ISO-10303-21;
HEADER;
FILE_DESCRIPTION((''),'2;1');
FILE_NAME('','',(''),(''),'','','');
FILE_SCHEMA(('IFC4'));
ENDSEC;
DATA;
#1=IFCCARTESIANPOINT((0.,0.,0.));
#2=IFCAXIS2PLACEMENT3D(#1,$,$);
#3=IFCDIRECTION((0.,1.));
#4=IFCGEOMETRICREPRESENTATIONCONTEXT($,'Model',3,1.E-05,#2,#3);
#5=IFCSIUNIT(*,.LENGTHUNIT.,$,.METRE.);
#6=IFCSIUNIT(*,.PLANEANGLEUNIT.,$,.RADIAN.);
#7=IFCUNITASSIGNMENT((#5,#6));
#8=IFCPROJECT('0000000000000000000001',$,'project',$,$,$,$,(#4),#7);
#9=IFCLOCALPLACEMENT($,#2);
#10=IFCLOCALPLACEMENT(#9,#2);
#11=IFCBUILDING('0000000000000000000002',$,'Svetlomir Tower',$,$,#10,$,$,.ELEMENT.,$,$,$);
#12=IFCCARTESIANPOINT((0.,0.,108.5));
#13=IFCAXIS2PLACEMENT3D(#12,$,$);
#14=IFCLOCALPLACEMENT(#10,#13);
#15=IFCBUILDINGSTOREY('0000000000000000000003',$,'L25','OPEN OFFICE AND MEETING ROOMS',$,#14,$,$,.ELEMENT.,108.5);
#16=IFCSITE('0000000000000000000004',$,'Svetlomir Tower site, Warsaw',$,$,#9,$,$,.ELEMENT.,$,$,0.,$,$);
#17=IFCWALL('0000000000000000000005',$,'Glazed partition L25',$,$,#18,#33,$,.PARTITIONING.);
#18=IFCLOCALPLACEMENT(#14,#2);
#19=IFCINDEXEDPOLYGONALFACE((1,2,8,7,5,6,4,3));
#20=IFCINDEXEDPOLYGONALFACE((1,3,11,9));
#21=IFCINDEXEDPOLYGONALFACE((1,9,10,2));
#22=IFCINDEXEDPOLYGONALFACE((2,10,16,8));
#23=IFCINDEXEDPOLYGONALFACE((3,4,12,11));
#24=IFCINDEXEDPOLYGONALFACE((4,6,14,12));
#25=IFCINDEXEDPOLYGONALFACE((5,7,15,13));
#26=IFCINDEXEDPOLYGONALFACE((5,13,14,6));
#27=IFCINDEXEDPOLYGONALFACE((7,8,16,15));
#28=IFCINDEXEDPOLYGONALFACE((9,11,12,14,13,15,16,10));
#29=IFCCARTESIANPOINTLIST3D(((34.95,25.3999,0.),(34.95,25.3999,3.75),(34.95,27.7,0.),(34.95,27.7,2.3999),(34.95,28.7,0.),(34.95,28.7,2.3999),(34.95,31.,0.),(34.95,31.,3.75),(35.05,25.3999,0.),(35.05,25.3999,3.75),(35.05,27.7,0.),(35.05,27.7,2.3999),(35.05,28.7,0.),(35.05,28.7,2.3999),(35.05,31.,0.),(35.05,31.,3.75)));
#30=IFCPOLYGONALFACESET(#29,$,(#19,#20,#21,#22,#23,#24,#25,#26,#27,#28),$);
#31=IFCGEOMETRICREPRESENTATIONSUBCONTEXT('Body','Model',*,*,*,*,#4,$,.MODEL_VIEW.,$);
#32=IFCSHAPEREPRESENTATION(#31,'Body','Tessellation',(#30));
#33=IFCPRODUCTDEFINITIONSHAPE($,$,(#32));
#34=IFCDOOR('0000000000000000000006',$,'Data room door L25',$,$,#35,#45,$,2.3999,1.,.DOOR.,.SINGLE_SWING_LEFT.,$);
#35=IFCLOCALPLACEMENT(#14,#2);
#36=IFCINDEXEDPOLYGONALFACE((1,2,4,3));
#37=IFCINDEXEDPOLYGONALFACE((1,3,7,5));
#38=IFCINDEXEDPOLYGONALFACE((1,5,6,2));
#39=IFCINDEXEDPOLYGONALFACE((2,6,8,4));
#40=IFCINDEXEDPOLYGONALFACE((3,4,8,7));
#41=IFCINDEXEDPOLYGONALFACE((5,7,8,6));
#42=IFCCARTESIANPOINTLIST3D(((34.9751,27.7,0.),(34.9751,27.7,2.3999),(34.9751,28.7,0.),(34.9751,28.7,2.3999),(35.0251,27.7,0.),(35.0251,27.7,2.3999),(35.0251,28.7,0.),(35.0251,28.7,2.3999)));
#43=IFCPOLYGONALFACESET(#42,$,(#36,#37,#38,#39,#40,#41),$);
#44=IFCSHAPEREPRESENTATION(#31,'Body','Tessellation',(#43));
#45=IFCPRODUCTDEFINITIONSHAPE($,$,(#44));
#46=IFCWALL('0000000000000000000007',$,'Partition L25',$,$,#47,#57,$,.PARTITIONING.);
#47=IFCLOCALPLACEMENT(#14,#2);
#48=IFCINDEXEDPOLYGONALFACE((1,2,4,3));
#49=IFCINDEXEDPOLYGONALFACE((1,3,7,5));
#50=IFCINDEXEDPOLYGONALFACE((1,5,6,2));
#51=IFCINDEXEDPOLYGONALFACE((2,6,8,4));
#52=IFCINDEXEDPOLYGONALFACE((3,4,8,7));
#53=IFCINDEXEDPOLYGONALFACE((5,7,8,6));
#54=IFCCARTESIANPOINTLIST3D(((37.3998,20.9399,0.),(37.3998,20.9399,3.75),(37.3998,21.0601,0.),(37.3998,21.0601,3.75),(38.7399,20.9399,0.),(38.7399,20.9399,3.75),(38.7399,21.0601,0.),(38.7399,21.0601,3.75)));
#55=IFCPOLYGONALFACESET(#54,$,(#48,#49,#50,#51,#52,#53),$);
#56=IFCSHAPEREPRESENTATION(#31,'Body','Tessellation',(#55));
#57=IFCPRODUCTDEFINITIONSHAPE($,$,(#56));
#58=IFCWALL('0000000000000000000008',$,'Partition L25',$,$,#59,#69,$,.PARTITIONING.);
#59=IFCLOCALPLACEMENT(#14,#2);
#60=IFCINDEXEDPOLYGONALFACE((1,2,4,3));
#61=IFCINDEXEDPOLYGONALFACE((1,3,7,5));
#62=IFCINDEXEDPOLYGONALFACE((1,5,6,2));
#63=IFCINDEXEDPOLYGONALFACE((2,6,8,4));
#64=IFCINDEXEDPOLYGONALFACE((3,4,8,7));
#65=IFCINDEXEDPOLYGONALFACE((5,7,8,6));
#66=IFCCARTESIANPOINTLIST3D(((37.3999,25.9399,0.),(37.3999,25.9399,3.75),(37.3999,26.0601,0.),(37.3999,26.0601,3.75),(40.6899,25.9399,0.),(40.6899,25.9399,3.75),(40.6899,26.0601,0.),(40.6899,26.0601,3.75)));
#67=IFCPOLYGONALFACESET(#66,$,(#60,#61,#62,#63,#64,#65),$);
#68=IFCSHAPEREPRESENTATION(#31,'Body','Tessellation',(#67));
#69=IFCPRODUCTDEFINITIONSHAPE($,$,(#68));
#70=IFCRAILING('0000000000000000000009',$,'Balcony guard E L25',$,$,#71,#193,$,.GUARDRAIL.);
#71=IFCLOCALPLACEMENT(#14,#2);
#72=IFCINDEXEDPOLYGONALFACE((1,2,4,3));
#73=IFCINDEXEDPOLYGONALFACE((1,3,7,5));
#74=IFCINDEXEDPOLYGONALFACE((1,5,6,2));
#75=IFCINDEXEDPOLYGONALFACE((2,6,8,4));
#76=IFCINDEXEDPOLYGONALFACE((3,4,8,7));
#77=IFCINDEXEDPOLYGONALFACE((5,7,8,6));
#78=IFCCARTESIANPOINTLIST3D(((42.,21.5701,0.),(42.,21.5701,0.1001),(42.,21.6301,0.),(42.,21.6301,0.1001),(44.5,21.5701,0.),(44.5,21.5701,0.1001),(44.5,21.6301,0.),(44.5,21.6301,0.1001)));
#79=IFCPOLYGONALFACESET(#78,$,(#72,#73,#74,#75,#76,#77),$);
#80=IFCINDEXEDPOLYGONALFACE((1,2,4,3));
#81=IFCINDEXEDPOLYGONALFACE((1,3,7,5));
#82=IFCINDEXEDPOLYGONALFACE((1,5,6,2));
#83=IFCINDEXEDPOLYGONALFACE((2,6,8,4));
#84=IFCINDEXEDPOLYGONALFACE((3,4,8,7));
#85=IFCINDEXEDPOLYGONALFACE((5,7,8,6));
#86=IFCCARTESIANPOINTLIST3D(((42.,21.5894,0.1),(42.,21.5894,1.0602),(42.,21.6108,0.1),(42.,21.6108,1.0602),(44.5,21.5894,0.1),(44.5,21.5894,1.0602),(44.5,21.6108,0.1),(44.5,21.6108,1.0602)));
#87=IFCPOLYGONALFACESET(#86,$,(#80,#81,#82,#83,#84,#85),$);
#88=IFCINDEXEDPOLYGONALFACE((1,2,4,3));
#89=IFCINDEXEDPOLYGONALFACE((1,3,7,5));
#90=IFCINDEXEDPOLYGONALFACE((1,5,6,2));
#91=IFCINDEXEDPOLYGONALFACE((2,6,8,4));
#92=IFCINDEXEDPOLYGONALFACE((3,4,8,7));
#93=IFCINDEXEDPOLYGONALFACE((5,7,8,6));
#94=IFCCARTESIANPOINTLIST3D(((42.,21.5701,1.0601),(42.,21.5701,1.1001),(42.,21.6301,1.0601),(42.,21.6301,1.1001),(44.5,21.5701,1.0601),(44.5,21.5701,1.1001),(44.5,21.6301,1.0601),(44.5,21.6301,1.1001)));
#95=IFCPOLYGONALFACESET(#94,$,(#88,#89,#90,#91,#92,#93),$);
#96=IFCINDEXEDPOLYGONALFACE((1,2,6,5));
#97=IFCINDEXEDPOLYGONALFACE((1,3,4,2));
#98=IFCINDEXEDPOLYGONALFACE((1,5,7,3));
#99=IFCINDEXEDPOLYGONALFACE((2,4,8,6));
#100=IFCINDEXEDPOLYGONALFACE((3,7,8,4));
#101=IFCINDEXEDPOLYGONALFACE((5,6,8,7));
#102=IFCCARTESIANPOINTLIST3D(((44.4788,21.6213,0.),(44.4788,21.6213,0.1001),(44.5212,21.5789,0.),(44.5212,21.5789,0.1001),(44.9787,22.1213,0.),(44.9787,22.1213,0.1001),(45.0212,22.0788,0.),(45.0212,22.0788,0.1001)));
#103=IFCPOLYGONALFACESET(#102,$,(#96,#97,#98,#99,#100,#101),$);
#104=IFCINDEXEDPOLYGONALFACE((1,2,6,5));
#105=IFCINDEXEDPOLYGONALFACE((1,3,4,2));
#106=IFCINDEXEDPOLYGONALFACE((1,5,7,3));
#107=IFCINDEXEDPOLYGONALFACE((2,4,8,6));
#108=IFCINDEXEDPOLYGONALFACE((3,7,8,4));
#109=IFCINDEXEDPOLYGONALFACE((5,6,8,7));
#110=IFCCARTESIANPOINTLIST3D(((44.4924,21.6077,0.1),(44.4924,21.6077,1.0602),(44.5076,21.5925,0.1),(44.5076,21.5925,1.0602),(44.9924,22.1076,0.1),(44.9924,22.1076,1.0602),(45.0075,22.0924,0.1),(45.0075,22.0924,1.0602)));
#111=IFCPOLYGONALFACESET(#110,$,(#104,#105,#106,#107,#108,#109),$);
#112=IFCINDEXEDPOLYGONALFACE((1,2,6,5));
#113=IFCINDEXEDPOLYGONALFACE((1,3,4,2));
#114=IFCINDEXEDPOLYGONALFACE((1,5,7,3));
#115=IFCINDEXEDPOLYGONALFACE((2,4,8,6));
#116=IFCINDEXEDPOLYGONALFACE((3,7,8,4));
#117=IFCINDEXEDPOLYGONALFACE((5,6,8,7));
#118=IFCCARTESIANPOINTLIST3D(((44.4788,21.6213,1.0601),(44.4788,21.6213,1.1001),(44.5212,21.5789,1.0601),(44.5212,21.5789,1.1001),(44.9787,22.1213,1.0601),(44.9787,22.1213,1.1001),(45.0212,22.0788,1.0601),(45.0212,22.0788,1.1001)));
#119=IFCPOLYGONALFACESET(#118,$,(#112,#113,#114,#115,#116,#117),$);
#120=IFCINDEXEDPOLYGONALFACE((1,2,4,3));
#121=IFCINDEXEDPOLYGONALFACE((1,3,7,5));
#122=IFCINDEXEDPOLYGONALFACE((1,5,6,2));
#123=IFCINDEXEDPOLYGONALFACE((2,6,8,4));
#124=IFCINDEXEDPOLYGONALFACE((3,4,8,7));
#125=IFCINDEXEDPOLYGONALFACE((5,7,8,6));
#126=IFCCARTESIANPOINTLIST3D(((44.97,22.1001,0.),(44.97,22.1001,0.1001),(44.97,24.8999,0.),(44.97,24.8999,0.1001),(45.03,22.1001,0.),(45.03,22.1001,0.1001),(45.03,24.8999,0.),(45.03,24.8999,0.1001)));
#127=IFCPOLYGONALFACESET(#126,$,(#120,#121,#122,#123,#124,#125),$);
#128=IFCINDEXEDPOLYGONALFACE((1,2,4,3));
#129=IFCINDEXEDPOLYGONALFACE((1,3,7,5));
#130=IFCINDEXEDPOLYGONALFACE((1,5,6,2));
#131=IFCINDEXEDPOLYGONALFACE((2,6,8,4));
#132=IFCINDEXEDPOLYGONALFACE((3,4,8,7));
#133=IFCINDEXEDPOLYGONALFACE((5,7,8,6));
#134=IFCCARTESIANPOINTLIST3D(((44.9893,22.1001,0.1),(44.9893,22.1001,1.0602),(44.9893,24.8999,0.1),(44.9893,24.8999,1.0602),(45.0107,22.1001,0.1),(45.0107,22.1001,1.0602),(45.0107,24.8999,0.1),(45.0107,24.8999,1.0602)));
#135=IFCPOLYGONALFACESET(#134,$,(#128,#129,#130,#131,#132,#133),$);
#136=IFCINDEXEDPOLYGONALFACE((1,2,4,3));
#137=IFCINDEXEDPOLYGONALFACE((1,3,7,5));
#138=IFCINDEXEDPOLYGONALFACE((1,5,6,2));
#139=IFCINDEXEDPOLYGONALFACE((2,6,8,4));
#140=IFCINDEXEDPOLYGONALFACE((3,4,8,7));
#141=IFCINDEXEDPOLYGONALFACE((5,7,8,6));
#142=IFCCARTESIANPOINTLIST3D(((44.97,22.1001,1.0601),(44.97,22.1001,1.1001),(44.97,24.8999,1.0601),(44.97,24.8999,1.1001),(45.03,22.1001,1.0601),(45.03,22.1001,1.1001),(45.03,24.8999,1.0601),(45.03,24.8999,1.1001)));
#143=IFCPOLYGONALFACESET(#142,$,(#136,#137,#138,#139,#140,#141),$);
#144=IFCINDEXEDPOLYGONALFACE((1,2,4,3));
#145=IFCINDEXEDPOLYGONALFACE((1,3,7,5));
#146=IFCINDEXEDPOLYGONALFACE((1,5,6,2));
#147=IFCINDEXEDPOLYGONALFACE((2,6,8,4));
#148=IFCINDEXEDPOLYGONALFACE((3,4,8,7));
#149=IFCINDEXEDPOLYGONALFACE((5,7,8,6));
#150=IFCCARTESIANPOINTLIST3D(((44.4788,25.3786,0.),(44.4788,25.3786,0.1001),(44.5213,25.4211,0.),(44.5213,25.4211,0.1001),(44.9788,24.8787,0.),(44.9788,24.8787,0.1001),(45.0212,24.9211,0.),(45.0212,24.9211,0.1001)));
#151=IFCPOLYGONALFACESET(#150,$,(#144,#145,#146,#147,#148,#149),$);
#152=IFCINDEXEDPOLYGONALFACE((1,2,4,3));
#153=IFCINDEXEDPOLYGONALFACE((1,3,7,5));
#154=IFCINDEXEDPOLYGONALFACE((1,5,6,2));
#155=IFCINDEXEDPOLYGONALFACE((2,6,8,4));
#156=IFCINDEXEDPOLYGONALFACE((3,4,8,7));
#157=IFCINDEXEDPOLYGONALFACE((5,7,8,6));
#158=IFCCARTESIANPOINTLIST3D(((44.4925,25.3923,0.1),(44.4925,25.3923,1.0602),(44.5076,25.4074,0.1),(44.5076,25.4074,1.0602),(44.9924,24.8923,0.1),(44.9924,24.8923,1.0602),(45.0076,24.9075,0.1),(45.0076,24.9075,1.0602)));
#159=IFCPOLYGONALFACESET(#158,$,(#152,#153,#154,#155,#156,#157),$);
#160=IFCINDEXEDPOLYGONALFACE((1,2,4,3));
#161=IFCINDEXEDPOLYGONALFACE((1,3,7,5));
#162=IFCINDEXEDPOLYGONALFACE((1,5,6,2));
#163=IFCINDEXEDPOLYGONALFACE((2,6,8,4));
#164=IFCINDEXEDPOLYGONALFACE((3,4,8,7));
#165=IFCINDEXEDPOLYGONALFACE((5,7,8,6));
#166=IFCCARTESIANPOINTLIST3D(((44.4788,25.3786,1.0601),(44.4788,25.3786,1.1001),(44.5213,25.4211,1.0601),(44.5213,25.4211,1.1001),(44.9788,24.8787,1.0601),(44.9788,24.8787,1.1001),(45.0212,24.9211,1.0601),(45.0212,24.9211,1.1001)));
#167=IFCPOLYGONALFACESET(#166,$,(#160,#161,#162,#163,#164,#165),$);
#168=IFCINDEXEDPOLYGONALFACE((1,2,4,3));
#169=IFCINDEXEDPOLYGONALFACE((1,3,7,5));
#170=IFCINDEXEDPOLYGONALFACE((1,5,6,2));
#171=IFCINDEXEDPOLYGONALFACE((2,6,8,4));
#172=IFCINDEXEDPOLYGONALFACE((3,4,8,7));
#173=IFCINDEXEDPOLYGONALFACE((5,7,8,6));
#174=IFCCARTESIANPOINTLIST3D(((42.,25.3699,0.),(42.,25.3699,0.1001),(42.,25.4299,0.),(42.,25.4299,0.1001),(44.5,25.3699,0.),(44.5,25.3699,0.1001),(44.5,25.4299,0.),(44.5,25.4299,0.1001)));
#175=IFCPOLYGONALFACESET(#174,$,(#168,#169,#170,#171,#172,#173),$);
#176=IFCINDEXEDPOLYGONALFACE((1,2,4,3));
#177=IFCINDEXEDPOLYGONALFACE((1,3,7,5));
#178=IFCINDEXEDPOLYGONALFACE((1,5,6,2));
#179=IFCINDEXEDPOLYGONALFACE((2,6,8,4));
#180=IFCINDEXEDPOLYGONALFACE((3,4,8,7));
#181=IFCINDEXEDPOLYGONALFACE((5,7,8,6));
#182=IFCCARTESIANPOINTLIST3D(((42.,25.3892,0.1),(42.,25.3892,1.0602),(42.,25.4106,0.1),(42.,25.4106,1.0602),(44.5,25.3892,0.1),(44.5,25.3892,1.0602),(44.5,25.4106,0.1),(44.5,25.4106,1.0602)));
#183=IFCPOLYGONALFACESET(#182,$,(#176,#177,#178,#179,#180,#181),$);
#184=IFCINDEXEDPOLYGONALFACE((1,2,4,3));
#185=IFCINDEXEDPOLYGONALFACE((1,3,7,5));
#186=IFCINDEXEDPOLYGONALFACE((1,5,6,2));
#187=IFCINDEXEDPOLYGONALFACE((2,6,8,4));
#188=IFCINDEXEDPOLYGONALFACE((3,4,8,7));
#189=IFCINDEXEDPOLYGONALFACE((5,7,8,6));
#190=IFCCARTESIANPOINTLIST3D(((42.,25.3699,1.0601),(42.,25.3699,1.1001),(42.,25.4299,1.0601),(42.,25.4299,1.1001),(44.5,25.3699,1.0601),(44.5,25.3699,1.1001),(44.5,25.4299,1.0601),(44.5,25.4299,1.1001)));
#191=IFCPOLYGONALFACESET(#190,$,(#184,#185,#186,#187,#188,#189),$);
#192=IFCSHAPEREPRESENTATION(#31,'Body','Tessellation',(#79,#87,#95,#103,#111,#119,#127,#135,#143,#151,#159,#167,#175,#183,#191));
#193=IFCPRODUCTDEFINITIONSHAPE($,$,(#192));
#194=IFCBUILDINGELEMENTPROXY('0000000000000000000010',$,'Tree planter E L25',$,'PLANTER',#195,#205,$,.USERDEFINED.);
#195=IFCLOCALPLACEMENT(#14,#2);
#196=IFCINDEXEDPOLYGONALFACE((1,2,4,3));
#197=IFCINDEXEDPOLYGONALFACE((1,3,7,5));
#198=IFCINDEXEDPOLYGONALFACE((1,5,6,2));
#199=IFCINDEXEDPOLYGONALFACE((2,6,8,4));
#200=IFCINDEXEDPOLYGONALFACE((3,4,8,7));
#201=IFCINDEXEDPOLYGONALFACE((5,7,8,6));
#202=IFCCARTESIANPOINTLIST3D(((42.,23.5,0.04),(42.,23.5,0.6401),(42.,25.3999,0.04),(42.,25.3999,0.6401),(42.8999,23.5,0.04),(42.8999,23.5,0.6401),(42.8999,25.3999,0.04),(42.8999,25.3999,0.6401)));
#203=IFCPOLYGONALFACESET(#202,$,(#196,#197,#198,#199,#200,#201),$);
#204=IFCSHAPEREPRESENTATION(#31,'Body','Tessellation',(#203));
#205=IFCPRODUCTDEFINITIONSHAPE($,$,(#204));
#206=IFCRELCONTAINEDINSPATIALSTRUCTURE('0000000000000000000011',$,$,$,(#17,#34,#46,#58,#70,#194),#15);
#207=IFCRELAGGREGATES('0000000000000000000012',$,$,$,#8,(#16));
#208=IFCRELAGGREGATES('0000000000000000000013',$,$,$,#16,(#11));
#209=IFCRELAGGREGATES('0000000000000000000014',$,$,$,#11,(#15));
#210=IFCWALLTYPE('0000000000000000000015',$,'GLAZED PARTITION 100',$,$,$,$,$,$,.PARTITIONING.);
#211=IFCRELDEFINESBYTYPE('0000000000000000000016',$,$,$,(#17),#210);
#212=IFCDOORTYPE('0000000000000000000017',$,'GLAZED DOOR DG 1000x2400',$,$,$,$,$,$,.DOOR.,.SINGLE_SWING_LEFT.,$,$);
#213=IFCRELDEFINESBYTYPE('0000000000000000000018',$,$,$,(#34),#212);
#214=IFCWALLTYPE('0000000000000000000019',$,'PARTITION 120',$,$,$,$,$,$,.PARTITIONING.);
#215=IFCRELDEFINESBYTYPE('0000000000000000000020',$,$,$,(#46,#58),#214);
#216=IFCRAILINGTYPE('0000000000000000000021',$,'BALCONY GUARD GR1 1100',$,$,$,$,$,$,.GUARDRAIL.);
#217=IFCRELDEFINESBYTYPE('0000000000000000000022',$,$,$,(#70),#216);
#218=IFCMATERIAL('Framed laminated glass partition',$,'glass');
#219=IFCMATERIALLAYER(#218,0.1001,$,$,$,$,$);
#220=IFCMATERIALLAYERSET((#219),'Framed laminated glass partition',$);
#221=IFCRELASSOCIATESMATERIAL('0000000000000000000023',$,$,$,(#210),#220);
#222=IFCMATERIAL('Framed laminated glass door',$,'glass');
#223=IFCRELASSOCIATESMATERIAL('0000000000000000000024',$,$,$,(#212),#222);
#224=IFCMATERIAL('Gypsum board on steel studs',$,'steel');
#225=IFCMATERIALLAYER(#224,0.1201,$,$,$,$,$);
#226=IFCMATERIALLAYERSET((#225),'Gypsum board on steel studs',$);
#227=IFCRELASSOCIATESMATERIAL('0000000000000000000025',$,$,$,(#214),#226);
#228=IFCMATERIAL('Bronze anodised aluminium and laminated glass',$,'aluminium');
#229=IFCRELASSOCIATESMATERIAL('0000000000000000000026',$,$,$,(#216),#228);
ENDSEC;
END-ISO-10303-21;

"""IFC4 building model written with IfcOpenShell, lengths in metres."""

from ifc_helpers import new_model, si_unit, direction, frame, frame_2d, origin, origin_2d, place, context, subcontext, project, spatial, rectangle, extrude, material, layer, layer_set, type_object, element, fill, save


model = new_model("IFC4")

# Units and contexts
model_context = context("Model", 3, precision=1e-05, world=origin(), true_north=direction((0.0, 1.0)))
body_context = subcontext(model_context, "Body", "Model", "MODEL_VIEW")
ifc_project = project(units=[si_unit("LENGTHUNIT", "METRE"), si_unit("PLANEANGLEUNIT", "RADIAN")], contexts=[model_context])

# Site, building, storey
site_placement = place(None, origin())
site = spatial("IfcSite", under=ifc_project, at=site_placement, Name="Svetlomir Tower site, Warsaw", CompositionType="ELEMENT", RefElevation=0.0)
building_placement = place(site_placement, origin())
building = spatial("IfcBuilding", under=site, at=building_placement, Name="Svetlomir Tower", CompositionType="ELEMENT")
storey_placement = place(building_placement, frame((0.0, 0.0, 108.5)))
storey = spatial("IfcBuildingStorey", under=building, at=storey_placement, Name="L25", Description="OPEN OFFICE AND MEETING ROOMS", CompositionType="ELEMENT", Elevation=108.5)

# Wall, opening, door
ifc_material_1 = material(Name="Framed laminated glass partition", Category="glass")
ifc_layer_1 = layer(ifc_material_1, 0.1001)
ifc_layer_set_1 = layer_set([ifc_layer_1], Name="Framed laminated glass partition")
wall_type_1 = type_object("IfcWallType", Name="GLAZED PARTITION 100", PredefinedType="PARTITIONING", material=ifc_layer_set_1)
wall_1_placement = place(storey_placement, frame((35.0, 25.3999, 0.0), z_axis=(0.0, 0.0, 1.0), x_axis=(0.0, 1.0, 0.0)))
wall_1 = element("IfcWall", 1, at=wall_1_placement, inside=storey, type_object=wall_type_1, Name="Glazed partition L25", PredefinedType="PARTITIONING", context=body_context, shape_type="SweptSolid", body=[
    extrude(rectangle(XDim=5.6001, YDim=0.1001, at=frame_2d((2.8, 0.0))), origin(), (0.0, 0.0, 1.0), 3.75),
])
opening_1_placement = place(wall_1_placement, frame((2.3, 0.0, 0.0)))
opening_1 = element("IfcOpeningElement", 2, at=opening_1_placement, cuts=wall_1, PredefinedType="OPENING", context=body_context, shape_type="SweptSolid", body=[
    extrude(rectangle(XDim=1.0, YDim=2.3999, at=frame_2d((0.5, 1.2))), frame((0.0, 0.0601, 0.0), z_axis=(0.0, -1.0, 0.0), x_axis=(1.0, 0.0, 0.0)), (0.0, 0.0, 1.0), 0.1201),
])
ifc_material_2 = material(Name="Framed laminated glass door", Category="glass")
door_type_1 = type_object("IfcDoorType", Name="GLAZED DOOR DG 1000x2400", OperationType="SINGLE_SWING_LEFT", PredefinedType="DOOR", material=ifc_material_2)
door_1_placement = place(opening_1_placement, origin())
door_1 = element("IfcDoor", 3, at=door_1_placement, inside=storey, type_object=door_type_1, Name="Data room door L25", OperationType="SINGLE_SWING_LEFT", OverallHeight=2.3999, OverallWidth=1.0, PredefinedType="DOOR", context=body_context, shape_type="SweptSolid", body=[
    extrude(rectangle(XDim=1.0, YDim=2.3999, at=frame_2d((0.5, 1.2))), frame((0.0, 0.0249, 0.0), z_axis=(0.0, -1.0, 0.0), x_axis=(1.0, 0.0, 0.0)), (0.0, 0.0, 1.0), 0.05),
])
fill(opening_1, door_1)

# Walls
ifc_material_3 = material(Name="Gypsum board on steel studs", Category="steel")
ifc_layer_2 = layer(ifc_material_3, 0.1201)
ifc_layer_set_2 = layer_set([ifc_layer_2], Name="Gypsum board on steel studs")
wall_type_2 = type_object("IfcWallType", Name="PARTITION 120", PredefinedType="PARTITIONING", material=ifc_layer_set_2)
wall_2_placement = place(storey_placement, frame((37.3999, 21.0, 0.0), z_axis=(0.0, 0.0, 1.0), x_axis=(1.0, 0.0, 0.0)))
element("IfcWall", 4, at=wall_2_placement, inside=storey, type_object=wall_type_2, Name="Partition L25", PredefinedType="PARTITIONING", context=body_context, shape_type="SweptSolid", body=[
    extrude(rectangle(XDim=1.3401, YDim=0.1201, at=frame_2d((0.6699, 0.0))), origin(), (0.0, 0.0, 1.0), 3.75),
])
wall_3_placement = place(storey_placement, frame((37.3999, 26.0, 0.0), z_axis=(0.0, 0.0, 1.0), x_axis=(1.0, 0.0, 0.0)))
element("IfcWall", 5, at=wall_3_placement, inside=storey, type_object=wall_type_2, Name="Partition L25", PredefinedType="PARTITIONING", context=body_context, shape_type="SweptSolid", body=[
    extrude(rectangle(XDim=3.29, YDim=0.1201, at=frame_2d((1.645, 0.0))), origin(), (0.0, 0.0, 1.0), 3.75),
])

# Railing
ifc_material_4 = material(Name="Bronze anodised aluminium and laminated glass", Category="aluminium")
railing_type = type_object("IfcRailingType", Name="BALCONY GUARD GR1 1100", PredefinedType="GUARDRAIL", material=ifc_material_4)
railing_placement = place(storey_placement, frame((42.0, 21.6001, 0.0)))
element("IfcRailing", 6, at=railing_placement, inside=storey, type_object=railing_type, Name="Balcony guard E L25", PredefinedType="GUARDRAIL", context=body_context, shape_type="SweptSolid", body=[
    extrude(rectangle(XDim=0.0601, YDim=0.1001, at=origin_2d()), frame((0.0, 0.0, 0.05), z_axis=(1.0, 0.0, 0.0), x_axis=(0.0, 1.0, 0.0)), (0.0, 0.0, 1.0), 2.5),
    extrude(rectangle(XDim=0.0215, YDim=0.9602, at=origin_2d()), frame((0.0, 0.0, 0.5801), z_axis=(1.0, 0.0, 0.0), x_axis=(0.0, 1.0, 0.0)), (0.0, 0.0, 1.0), 2.5),
    extrude(rectangle(XDim=0.0601, YDim=0.04, at=origin_2d()), frame((0.0, 0.0, 1.0801), z_axis=(1.0, 0.0, 0.0), x_axis=(0.0, 1.0, 0.0)), (0.0, 0.0, 1.0), 2.5),
    extrude(rectangle(XDim=0.0601, YDim=0.1001, at=origin_2d()), frame((2.5, 0.0, 0.05), z_axis=(0.707107, 0.707107, 0.0), x_axis=(-0.707107, 0.707107, 0.0)), (0.0, 0.0, 1.0), 0.707),
    extrude(rectangle(XDim=0.0215, YDim=0.9602, at=origin_2d()), frame((2.5, 0.0, 0.5801), z_axis=(0.707107, 0.707107, 0.0), x_axis=(-0.707107, 0.707107, 0.0)), (0.0, 0.0, 1.0), 0.707),
    extrude(rectangle(XDim=0.0601, YDim=0.04, at=origin_2d()), frame((2.5, 0.0, 1.0801), z_axis=(0.707107, 0.707107, 0.0), x_axis=(-0.707107, 0.707107, 0.0)), (0.0, 0.0, 1.0), 0.707),
    extrude(rectangle(XDim=0.0601, YDim=0.1001, at=origin_2d()), frame((3.0, 0.5, 0.05), z_axis=(0.0, 1.0, 0.0), x_axis=(-1.0, 0.0, 0.0)), (0.0, 0.0, 1.0), 2.7998),
    extrude(rectangle(XDim=0.0215, YDim=0.9602, at=origin_2d()), frame((3.0, 0.5, 0.5801), z_axis=(0.0, 1.0, 0.0), x_axis=(-1.0, 0.0, 0.0)), (0.0, 0.0, 1.0), 2.7998),
    extrude(rectangle(XDim=0.0601, YDim=0.04, at=origin_2d()), frame((3.0, 0.5, 1.0801), z_axis=(0.0, 1.0, 0.0), x_axis=(-1.0, 0.0, 0.0)), (0.0, 0.0, 1.0), 2.7998),
    extrude(rectangle(XDim=0.0601, YDim=0.1001, at=origin_2d()), frame((3.0, 3.2998, 0.05), z_axis=(-0.707107, 0.707107, 0.0), x_axis=(-0.707107, -0.707107, 0.0)), (0.0, 0.0, 1.0), 0.707),
    extrude(rectangle(XDim=0.0215, YDim=0.9602, at=origin_2d()), frame((3.0, 3.2998, 0.5801), z_axis=(-0.707107, 0.707107, 0.0), x_axis=(-0.707107, -0.707107, 0.0)), (0.0, 0.0, 1.0), 0.707),
    extrude(rectangle(XDim=0.0601, YDim=0.04, at=origin_2d()), frame((3.0, 3.2998, 1.0801), z_axis=(-0.707107, 0.707107, 0.0), x_axis=(-0.707107, -0.707107, 0.0)), (0.0, 0.0, 1.0), 0.707),
    extrude(rectangle(XDim=0.0601, YDim=0.1001, at=origin_2d()), frame((2.5, 3.7998, 0.05), z_axis=(-1.0, 0.0, 0.0), x_axis=(0.0, -1.0, 0.0)), (0.0, 0.0, 1.0), 2.5),
    extrude(rectangle(XDim=0.0215, YDim=0.9602, at=origin_2d()), frame((2.5, 3.7998, 0.5801), z_axis=(-1.0, 0.0, 0.0), x_axis=(0.0, -1.0, 0.0)), (0.0, 0.0, 1.0), 2.5),
    extrude(rectangle(XDim=0.0601, YDim=0.04, at=origin_2d()), frame((2.5, 3.7998, 1.0801), z_axis=(-1.0, 0.0, 0.0), x_axis=(0.0, -1.0, 0.0)), (0.0, 0.0, 1.0), 2.5),
])

# Building element proxy
proxy_placement = place(storey_placement, frame((42.45, 24.45, 0.04), z_axis=(0.0, 0.0, 1.0), x_axis=(1.0, 0.0, 0.0)))
element("IfcBuildingElementProxy", 7, at=proxy_placement, inside=storey, Name="Tree planter E L25", ObjectType="PLANTER", PredefinedType="USERDEFINED", context=body_context, shape_type="SweptSolid", body=[
    extrude(rectangle(XDim=0.8999, YDim=1.8999, at=origin_2d()), origin(), (0.0, 0.0, 1.0), 0.6001),
])

save(model, "model.ifc")
